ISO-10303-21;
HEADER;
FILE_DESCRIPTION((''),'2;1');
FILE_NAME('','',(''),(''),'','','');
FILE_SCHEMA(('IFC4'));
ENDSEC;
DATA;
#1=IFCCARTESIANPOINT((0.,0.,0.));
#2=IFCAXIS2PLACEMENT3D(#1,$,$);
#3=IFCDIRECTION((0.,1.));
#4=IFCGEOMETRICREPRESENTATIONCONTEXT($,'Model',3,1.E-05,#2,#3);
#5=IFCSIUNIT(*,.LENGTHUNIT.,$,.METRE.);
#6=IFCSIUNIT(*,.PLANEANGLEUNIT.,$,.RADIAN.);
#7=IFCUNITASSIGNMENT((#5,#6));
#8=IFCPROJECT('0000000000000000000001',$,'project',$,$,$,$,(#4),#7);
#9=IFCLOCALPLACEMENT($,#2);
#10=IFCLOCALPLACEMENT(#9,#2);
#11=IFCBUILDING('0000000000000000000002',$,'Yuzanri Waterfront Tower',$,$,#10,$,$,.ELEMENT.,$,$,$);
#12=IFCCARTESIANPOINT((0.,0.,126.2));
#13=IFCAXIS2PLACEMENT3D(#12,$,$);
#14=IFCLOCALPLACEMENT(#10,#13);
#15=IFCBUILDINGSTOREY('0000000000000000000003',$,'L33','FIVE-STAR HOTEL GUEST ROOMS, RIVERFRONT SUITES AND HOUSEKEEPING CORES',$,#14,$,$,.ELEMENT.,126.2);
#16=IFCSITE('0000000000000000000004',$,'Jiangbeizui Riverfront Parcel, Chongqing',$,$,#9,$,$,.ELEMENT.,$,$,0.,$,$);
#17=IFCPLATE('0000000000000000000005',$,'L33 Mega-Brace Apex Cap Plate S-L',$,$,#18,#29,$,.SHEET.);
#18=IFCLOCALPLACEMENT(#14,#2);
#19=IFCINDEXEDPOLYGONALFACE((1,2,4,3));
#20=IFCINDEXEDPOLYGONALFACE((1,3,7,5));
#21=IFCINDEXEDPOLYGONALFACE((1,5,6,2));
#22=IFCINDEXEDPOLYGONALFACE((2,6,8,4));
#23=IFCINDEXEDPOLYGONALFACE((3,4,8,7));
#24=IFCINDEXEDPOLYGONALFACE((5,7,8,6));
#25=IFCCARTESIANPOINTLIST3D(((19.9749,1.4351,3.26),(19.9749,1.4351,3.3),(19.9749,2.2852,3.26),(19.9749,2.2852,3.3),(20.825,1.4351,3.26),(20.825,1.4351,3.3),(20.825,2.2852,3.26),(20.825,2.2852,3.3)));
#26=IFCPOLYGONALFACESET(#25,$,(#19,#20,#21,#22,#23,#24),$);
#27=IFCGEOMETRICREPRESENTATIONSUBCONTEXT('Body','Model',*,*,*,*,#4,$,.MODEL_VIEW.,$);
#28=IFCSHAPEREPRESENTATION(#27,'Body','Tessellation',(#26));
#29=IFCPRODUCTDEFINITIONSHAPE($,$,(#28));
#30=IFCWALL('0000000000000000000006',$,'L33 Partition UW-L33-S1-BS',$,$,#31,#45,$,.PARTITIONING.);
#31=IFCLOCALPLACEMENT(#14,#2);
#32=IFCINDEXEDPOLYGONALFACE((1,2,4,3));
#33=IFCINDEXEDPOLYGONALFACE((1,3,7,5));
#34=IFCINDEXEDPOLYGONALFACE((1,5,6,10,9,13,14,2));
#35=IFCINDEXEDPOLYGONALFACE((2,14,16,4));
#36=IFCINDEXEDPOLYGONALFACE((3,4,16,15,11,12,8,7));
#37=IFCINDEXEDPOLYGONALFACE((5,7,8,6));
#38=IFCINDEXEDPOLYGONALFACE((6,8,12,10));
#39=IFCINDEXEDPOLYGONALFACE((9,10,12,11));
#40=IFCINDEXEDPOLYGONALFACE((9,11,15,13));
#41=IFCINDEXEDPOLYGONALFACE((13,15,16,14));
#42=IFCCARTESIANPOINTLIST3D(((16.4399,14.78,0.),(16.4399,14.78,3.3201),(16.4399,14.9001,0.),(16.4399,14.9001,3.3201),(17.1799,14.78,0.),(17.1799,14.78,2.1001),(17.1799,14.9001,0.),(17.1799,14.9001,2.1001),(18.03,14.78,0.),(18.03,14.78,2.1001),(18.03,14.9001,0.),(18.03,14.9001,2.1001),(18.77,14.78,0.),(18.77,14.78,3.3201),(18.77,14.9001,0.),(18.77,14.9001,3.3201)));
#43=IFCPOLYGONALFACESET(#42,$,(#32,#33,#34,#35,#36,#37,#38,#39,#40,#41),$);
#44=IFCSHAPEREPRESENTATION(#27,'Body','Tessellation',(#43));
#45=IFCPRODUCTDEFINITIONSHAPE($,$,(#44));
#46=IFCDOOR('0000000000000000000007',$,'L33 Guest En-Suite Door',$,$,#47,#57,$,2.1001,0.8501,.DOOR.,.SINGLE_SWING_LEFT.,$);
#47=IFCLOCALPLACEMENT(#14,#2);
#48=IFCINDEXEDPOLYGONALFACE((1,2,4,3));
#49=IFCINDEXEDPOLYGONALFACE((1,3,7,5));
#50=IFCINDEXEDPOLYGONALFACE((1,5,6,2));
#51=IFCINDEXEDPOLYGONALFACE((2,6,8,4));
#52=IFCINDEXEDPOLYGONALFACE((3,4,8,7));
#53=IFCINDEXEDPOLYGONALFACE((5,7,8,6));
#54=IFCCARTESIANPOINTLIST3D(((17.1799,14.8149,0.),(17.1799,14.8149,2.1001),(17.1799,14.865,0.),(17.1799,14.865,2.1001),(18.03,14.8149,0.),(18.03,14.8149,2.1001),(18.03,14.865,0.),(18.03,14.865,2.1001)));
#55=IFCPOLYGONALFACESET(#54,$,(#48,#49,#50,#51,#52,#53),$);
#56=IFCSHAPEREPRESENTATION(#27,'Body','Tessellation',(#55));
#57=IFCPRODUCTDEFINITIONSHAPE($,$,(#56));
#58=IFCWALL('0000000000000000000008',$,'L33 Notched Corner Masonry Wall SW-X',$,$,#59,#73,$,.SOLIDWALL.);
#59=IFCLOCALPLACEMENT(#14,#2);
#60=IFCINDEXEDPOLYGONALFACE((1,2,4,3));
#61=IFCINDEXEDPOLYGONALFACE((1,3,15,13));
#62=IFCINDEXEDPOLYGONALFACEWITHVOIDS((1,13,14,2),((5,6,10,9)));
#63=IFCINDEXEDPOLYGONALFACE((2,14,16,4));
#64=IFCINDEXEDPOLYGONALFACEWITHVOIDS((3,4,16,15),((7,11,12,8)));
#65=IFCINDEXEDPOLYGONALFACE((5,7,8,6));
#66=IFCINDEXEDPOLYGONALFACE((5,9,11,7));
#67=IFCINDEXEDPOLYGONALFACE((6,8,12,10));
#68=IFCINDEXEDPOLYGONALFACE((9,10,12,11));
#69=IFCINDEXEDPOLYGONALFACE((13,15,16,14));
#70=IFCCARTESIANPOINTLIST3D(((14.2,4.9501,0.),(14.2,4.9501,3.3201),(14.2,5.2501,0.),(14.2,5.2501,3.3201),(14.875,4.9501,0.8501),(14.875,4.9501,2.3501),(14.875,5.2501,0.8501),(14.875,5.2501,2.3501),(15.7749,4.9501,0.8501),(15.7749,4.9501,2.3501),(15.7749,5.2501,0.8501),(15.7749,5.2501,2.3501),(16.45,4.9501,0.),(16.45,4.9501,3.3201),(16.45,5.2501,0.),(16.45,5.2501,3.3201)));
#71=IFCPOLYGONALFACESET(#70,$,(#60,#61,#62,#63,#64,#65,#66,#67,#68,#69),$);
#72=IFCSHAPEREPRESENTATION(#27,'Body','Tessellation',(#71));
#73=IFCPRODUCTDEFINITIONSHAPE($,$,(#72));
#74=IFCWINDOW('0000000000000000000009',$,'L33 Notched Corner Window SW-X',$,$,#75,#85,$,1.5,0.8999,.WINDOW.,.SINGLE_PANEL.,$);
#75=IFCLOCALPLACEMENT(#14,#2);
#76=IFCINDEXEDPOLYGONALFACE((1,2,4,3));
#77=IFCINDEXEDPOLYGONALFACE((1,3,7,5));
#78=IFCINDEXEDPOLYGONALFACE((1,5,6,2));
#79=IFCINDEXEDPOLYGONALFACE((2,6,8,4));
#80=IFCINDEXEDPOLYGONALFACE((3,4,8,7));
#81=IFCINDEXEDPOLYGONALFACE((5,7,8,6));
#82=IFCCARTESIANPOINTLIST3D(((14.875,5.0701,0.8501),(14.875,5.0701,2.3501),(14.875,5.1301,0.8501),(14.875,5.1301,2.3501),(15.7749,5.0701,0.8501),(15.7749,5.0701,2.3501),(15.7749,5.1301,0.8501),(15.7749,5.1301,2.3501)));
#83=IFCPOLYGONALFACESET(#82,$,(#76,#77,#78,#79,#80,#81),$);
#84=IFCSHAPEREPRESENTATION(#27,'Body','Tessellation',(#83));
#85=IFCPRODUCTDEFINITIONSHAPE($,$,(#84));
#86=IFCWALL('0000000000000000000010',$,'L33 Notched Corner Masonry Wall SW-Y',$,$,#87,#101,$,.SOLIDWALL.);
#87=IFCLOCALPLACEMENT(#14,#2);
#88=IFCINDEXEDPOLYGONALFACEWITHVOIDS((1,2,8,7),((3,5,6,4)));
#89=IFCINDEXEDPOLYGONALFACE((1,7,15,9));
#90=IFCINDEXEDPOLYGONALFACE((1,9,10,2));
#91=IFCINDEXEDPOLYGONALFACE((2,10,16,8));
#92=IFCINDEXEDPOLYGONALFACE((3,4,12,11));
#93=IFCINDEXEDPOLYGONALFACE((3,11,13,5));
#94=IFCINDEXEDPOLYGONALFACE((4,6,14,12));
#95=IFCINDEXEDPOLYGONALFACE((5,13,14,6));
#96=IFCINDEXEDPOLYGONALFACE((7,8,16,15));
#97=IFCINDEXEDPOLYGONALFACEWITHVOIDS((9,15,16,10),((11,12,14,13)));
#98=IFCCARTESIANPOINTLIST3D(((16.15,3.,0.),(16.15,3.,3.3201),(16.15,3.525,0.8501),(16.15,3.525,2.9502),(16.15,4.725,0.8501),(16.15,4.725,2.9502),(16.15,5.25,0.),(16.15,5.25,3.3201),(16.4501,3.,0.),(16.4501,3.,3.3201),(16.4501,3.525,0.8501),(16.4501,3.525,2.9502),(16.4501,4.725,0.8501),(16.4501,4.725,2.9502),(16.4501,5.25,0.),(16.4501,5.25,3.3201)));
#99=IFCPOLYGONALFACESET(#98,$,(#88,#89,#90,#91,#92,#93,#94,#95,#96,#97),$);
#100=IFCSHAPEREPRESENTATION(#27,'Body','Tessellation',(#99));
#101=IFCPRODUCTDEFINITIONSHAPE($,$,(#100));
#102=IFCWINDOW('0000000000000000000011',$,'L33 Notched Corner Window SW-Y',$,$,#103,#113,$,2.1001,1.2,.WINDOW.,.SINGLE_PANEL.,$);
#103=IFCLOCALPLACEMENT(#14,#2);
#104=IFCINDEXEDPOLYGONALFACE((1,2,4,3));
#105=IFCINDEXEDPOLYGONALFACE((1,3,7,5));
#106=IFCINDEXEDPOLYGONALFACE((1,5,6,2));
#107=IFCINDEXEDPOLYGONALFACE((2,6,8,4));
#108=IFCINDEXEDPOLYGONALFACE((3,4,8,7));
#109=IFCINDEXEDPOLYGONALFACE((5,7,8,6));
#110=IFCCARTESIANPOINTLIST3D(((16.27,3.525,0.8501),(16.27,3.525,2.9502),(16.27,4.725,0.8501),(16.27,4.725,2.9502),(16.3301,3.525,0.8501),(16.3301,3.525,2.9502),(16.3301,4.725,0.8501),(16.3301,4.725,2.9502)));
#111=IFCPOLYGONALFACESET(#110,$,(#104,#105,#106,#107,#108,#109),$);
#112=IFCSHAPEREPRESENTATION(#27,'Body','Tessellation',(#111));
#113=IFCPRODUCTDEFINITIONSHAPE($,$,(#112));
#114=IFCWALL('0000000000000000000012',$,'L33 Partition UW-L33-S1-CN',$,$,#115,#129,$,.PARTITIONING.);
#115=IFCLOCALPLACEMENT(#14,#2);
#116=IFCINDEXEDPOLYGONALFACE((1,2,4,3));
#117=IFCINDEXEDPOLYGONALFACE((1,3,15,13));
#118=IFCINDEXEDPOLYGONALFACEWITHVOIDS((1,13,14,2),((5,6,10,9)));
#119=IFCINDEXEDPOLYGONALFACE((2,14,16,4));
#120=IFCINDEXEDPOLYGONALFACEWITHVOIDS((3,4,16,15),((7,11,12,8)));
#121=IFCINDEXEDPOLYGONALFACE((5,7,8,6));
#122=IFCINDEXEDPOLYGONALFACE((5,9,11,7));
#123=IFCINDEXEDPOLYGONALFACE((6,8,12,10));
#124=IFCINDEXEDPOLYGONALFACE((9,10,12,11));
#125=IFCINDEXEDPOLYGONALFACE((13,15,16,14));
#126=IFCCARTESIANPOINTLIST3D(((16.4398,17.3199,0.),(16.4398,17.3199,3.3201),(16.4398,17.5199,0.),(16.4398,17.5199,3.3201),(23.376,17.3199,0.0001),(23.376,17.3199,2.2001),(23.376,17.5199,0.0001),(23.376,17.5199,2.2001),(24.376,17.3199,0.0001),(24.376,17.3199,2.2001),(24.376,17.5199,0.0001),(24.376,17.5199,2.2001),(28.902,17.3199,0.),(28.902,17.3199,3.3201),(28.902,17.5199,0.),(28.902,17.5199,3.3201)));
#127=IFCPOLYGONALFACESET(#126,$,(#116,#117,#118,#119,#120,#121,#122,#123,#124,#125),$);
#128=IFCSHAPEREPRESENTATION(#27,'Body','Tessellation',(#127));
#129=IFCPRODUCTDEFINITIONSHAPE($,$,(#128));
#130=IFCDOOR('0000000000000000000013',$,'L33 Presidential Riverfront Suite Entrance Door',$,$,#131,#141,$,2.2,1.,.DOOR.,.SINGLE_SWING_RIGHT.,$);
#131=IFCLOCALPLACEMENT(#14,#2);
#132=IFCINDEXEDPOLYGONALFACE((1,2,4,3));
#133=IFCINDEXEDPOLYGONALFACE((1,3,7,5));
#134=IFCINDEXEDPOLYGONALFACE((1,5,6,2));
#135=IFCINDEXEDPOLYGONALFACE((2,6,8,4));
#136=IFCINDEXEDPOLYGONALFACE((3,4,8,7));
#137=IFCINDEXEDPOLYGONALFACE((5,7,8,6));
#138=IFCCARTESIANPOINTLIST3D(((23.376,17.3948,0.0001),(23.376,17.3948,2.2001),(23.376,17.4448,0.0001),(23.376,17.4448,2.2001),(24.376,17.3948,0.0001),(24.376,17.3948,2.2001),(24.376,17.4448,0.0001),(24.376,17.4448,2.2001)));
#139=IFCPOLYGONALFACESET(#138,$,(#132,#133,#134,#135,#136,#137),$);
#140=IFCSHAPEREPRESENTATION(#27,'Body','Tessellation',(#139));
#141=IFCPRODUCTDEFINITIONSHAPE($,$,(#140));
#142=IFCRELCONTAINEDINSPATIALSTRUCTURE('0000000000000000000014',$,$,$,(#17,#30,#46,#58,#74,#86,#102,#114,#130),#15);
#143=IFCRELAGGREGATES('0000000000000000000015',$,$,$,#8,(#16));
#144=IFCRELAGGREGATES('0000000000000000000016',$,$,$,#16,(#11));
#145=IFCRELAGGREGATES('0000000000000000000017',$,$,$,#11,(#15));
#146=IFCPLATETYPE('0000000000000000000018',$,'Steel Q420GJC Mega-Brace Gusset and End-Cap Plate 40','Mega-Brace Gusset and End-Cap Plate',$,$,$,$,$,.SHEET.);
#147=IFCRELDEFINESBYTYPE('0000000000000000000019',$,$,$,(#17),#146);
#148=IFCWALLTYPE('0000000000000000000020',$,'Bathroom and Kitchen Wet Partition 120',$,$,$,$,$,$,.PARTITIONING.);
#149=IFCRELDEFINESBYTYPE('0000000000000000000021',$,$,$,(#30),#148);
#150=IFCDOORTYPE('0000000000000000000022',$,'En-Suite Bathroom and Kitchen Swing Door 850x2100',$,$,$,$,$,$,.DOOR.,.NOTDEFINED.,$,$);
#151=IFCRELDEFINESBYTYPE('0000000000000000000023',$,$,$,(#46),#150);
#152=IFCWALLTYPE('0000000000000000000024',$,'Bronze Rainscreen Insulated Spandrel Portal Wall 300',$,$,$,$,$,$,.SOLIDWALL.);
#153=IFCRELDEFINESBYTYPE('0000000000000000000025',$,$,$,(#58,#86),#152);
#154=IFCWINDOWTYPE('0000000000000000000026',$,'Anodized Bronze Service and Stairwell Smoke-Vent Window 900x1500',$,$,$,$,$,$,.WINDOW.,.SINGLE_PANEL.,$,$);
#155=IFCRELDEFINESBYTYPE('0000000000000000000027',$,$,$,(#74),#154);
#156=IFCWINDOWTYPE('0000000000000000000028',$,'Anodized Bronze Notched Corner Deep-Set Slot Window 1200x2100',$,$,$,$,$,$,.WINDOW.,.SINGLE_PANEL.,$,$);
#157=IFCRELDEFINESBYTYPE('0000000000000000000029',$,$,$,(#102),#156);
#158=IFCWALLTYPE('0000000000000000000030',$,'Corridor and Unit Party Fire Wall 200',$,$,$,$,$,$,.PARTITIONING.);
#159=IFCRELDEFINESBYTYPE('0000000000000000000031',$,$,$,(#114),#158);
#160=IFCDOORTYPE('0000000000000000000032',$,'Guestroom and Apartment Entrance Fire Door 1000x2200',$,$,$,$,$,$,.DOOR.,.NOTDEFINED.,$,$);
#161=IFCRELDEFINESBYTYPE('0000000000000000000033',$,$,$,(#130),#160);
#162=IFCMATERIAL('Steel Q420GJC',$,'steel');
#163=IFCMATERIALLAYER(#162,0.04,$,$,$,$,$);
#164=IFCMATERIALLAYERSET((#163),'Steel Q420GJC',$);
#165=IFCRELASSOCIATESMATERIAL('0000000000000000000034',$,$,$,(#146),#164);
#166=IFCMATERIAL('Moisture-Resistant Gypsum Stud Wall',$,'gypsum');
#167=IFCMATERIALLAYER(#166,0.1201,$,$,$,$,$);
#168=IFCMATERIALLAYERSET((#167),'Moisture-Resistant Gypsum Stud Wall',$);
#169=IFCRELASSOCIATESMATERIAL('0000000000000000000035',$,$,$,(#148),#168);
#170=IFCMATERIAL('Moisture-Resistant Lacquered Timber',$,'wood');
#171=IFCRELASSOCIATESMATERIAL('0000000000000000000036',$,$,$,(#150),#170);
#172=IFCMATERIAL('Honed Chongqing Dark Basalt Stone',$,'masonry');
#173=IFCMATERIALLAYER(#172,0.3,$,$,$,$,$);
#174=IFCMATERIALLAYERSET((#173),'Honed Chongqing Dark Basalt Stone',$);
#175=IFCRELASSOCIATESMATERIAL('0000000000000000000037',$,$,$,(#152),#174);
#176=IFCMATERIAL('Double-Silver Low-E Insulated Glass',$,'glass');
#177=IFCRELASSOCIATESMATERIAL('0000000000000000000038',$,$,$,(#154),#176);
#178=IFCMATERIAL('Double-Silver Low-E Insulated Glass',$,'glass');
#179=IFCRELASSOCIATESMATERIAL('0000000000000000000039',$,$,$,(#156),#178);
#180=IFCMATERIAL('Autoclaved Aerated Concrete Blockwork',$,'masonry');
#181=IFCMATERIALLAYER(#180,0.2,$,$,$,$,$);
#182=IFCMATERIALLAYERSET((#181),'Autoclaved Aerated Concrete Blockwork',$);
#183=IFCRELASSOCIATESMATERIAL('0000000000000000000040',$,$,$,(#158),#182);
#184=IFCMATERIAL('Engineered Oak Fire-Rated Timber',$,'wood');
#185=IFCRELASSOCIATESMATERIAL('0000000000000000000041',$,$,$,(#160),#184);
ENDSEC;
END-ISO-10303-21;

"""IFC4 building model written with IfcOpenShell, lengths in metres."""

from ifc_helpers import new_model, si_unit, direction, frame, frame_2d, origin, origin_2d, place, context, subcontext, project, spatial, rectangle, extrude, source, transform, mapped, material, layer, layer_set, type_object, element, fill, save


model = new_model("IFC4")

# Units and contexts
model_context = context("Model", 3, precision=1e-05, world=origin(), true_north=direction((0.0, 1.0)))
body_context = subcontext(model_context, "Body", "Model", "MODEL_VIEW")
ifc_project = project(units=[si_unit("LENGTHUNIT", "METRE"), si_unit("PLANEANGLEUNIT", "RADIAN")], contexts=[model_context])

# Site, building, storey
site_placement = place(None, origin())
site = spatial("IfcSite", under=ifc_project, at=site_placement, Name="Jiangbeizui Riverfront Parcel, Chongqing", CompositionType="ELEMENT", RefElevation=0.0)
building_placement = place(site_placement, origin())
building = spatial("IfcBuilding", under=site, at=building_placement, Name="Yuzanri Waterfront Tower", CompositionType="ELEMENT")
storey_placement = place(building_placement, frame((0.0, 0.0, 126.2)))
storey = spatial("IfcBuildingStorey", under=building, at=storey_placement, Name="L33", Description="FIVE-STAR HOTEL GUEST ROOMS, RIVERFRONT SUITES AND HOUSEKEEPING CORES", CompositionType="ELEMENT", Elevation=126.2)

# Plate
ifc_material_1 = material(Name="Steel Q420GJC", Category="steel")
ifc_layer_1 = layer(ifc_material_1, 0.04)
ifc_layer_set_1 = layer_set([ifc_layer_1], Name="Steel Q420GJC")
plate_type = type_object("IfcPlateType", Name="Steel Q420GJC Mega-Brace Gusset and End-Cap Plate 40", Description="Mega-Brace Gusset and End-Cap Plate", PredefinedType="SHEET", material=ifc_layer_set_1)
shared_shape_1 = source(origin(), body_context, "Body", "SweptSolid", [
    extrude(rectangle(XDim=0.8501, YDim=0.8501, at=origin_2d()), origin(), (0.0, 0.0, 1.0), 0.04),
])
plate_placement = place(storey_placement, frame((20.3999, 1.8601, 3.26), z_axis=(0.0, 0.0, 1.0), x_axis=(1.0, 0.0, 0.0)))
element("IfcPlate", 1, at=plate_placement, inside=storey, type_object=plate_type, Name="L33 Mega-Brace Apex Cap Plate S-L", PredefinedType="SHEET", context=body_context, shape_type="MappedRepresentation", body=[
    mapped(shared_shape_1, transform((0.0, 0.0, 0.0), scale=1.0)),
])

# Wall, opening, door
ifc_material_2 = material(Name="Moisture-Resistant Gypsum Stud Wall", Category="gypsum")
ifc_layer_2 = layer(ifc_material_2, 0.1201)
ifc_layer_set_2 = layer_set([ifc_layer_2], Name="Moisture-Resistant Gypsum Stud Wall")
wall_type_1 = type_object("IfcWallType", Name="Bathroom and Kitchen Wet Partition 120", PredefinedType="PARTITIONING", material=ifc_layer_set_2)
wall_1_placement = place(storey_placement, frame((16.4399, 14.8401, 0.0), z_axis=(0.0, 0.0, 1.0), x_axis=(1.0, 0.0, 0.0)))
wall_1 = element("IfcWall", 2, at=wall_1_placement, inside=storey, type_object=wall_type_1, Name="L33 Partition UW-L33-S1-BS", PredefinedType="PARTITIONING", context=body_context, shape_type="SweptSolid", body=[
    extrude(rectangle(XDim=2.3301, YDim=0.1201, at=frame_2d((1.165, 0.0))), origin(), (0.0, 0.0, 1.0), 3.3201),
])
opening_1_placement = place(wall_1_placement, frame((0.74, 0.0, 0.0)))
opening_1 = element("IfcOpeningElement", 3, at=opening_1_placement, cuts=wall_1, PredefinedType="OPENING", context=body_context, shape_type="SweptSolid", body=[
    extrude(rectangle(XDim=0.8501, YDim=2.1001, at=frame_2d((0.425, 1.05))), frame((0.0, 0.075, 0.0), z_axis=(0.0, -1.0, 0.0), x_axis=(1.0, 0.0, 0.0)), (0.0, 0.0, 1.0), 0.1499),
])
ifc_material_3 = material(Name="Moisture-Resistant Lacquered Timber", Category="wood")
door_type_1 = type_object("IfcDoorType", Name="En-Suite Bathroom and Kitchen Swing Door 850x2100", OperationType="NOTDEFINED", PredefinedType="DOOR", material=ifc_material_3)
shared_shape_2 = source(origin(), body_context, "Body", "SweptSolid", [
    extrude(rectangle(XDim=0.8501, YDim=2.1001, at=frame_2d((0.425, 1.05))), frame((0.0, 0.0249, 0.0), z_axis=(0.0, -1.0, 0.0), x_axis=(1.0, 0.0, 0.0)), (0.0, 0.0, 1.0), 0.05),
])
door_1_placement = place(opening_1_placement, origin())
door_1 = element("IfcDoor", 4, at=door_1_placement, inside=storey, type_object=door_type_1, Name="L33 Guest En-Suite Door", OperationType="SINGLE_SWING_LEFT", OverallHeight=2.1001, OverallWidth=0.8501, PredefinedType="DOOR", context=body_context, shape_type="MappedRepresentation", body=[
    mapped(shared_shape_2, transform((0.0, 0.0, 0.0), scale=1.0)),
])
fill(opening_1, door_1)

# Walls, openings, windows
ifc_material_4 = material(Name="Honed Chongqing Dark Basalt Stone", Category="masonry")
ifc_layer_3 = layer(ifc_material_4, 0.3)
ifc_layer_set_3 = layer_set([ifc_layer_3], Name="Honed Chongqing Dark Basalt Stone")
wall_type_2 = type_object("IfcWallType", Name="Bronze Rainscreen Insulated Spandrel Portal Wall 300", PredefinedType="SOLIDWALL", material=ifc_layer_set_3)
wall_2_placement = place(storey_placement, frame((14.2, 5.1001, 0.0), z_axis=(0.0, 0.0, 1.0), x_axis=(1.0, 0.0, 0.0)))
wall_2 = element("IfcWall", 5, at=wall_2_placement, inside=storey, type_object=wall_type_2, Name="L33 Notched Corner Masonry Wall SW-X", PredefinedType="SOLIDWALL", context=body_context, shape_type="SweptSolid", body=[
    extrude(rectangle(XDim=2.25, YDim=0.3, at=frame_2d((1.125, 0.0))), origin(), (0.0, 0.0, 1.0), 3.3201),
])
opening_2_placement = place(wall_2_placement, frame((0.675, 0.0, 0.8501)))
opening_2 = element("IfcOpeningElement", 6, at=opening_2_placement, cuts=wall_2, PredefinedType="OPENING", context=body_context, shape_type="SweptSolid", body=[
    extrude(rectangle(XDim=0.8999, YDim=1.5, at=frame_2d((0.45, 0.75))), frame((0.0, 0.165, 0.0), z_axis=(0.0, -1.0, 0.0), x_axis=(1.0, 0.0, 0.0)), (0.0, 0.0, 1.0), 0.3298),
])
ifc_material_5 = material(Name="Double-Silver Low-E Insulated Glass", Category="glass")
window_type_1 = type_object("IfcWindowType", Name="Anodized Bronze Service and Stairwell Smoke-Vent Window 900x1500", PartitioningType="SINGLE_PANEL", PredefinedType="WINDOW", material=ifc_material_5)
shared_shape_3 = source(origin(), body_context, "Body", "SweptSolid", [
    extrude(rectangle(XDim=0.8999, YDim=1.5, at=frame_2d((0.45, 0.75))), frame((0.0, 0.03, 0.0), z_axis=(0.0, -1.0, 0.0), x_axis=(1.0, 0.0, 0.0)), (0.0, 0.0, 1.0), 0.0601),
])
window_1_placement = place(opening_2_placement, origin())
window_1 = element("IfcWindow", 7, at=window_1_placement, inside=storey, type_object=window_type_1, Name="L33 Notched Corner Window SW-X", OverallHeight=1.5, OverallWidth=0.8999, PartitioningType="SINGLE_PANEL", PredefinedType="WINDOW", context=body_context, shape_type="MappedRepresentation", body=[
    mapped(shared_shape_3, transform((0.0, 0.0, 0.0), scale=1.0)),
])
fill(opening_2, window_1)
wall_3_placement = place(storey_placement, frame((16.3, 5.25, 0.0), z_axis=(0.0, 0.0, 1.0), x_axis=(0.0, -1.0, 0.0)))
wall_3 = element("IfcWall", 8, at=wall_3_placement, inside=storey, type_object=wall_type_2, Name="L33 Notched Corner Masonry Wall SW-Y", PredefinedType="SOLIDWALL", context=body_context, shape_type="SweptSolid", body=[
    extrude(rectangle(XDim=2.25, YDim=0.3, at=frame_2d((1.125, 0.0))), origin(), (0.0, 0.0, 1.0), 3.3201),
])
opening_3_placement = place(wall_3_placement, frame((0.5249, 0.0, 0.8501)))
opening_3 = element("IfcOpeningElement", 9, at=opening_3_placement, cuts=wall_3, PredefinedType="OPENING", context=body_context, shape_type="SweptSolid", body=[
    extrude(rectangle(XDim=1.2, YDim=2.1001, at=frame_2d((0.6001, 1.05))), frame((0.0, 0.165, 0.0), z_axis=(0.0, -1.0, 0.0), x_axis=(1.0, 0.0, 0.0)), (0.0, 0.0, 1.0), 0.3298),
])
ifc_material_6 = material(Name="Double-Silver Low-E Insulated Glass", Category="glass")
window_type_2 = type_object("IfcWindowType", Name="Anodized Bronze Notched Corner Deep-Set Slot Window 1200x2100", PartitioningType="SINGLE_PANEL", PredefinedType="WINDOW", material=ifc_material_6)
shared_shape_4 = source(origin(), body_context, "Body", "SweptSolid", [
    extrude(rectangle(XDim=1.2, YDim=2.1001, at=frame_2d((0.6001, 1.05))), frame((0.0, 0.03, 0.0), z_axis=(0.0, -1.0, 0.0), x_axis=(1.0, 0.0, 0.0)), (0.0, 0.0, 1.0), 0.0601),
])
window_2_placement = place(opening_3_placement, origin())
window_2 = element("IfcWindow", 10, at=window_2_placement, inside=storey, type_object=window_type_2, Name="L33 Notched Corner Window SW-Y", OverallHeight=2.1001, OverallWidth=1.2, PartitioningType="SINGLE_PANEL", PredefinedType="WINDOW", context=body_context, shape_type="MappedRepresentation", body=[
    mapped(shared_shape_4, transform((0.0, 0.0, 0.0), scale=1.0)),
])
fill(opening_3, window_2)

# Wall, opening, door
ifc_material_7 = material(Name="Autoclaved Aerated Concrete Blockwork", Category="masonry")
ifc_layer_4 = layer(ifc_material_7, 0.2)
ifc_layer_set_4 = layer_set([ifc_layer_4], Name="Autoclaved Aerated Concrete Blockwork")
wall_type_3 = type_object("IfcWallType", Name="Corridor and Unit Party Fire Wall 200", PredefinedType="PARTITIONING", material=ifc_layer_set_4)
wall_4_placement = place(storey_placement, frame((16.4399, 17.4199, 0.0), z_axis=(0.0, 0.0, 1.0), x_axis=(1.0, 0.0, 0.0)))
wall_4 = element("IfcWall", 11, at=wall_4_placement, inside=storey, type_object=wall_type_3, Name="L33 Partition UW-L33-S1-CN", PredefinedType="PARTITIONING", context=body_context, shape_type="SweptSolid", body=[
    extrude(rectangle(XDim=12.4622, YDim=0.2, at=frame_2d((6.231, 0.0))), origin(), (0.0, 0.0, 1.0), 3.3201),
])
opening_4_placement = place(wall_4_placement, frame((6.936, 0.0, 0.0)))
opening_4 = element("IfcOpeningElement", 12, at=opening_4_placement, cuts=wall_4, PredefinedType="OPENING", context=body_context, shape_type="SweptSolid", body=[
    extrude(rectangle(XDim=1.0, YDim=2.2, at=frame_2d((0.5, 1.1001))), frame((0.0, 0.1147, 0.0), z_axis=(0.0, -1.0, 0.0), x_axis=(1.0, 0.0, 0.0)), (0.0, 0.0, 1.0), 0.2297),
])
ifc_material_8 = material(Name="Engineered Oak Fire-Rated Timber", Category="wood")
door_type_2 = type_object("IfcDoorType", Name="Guestroom and Apartment Entrance Fire Door 1000x2200", OperationType="NOTDEFINED", PredefinedType="DOOR", material=ifc_material_8)
shared_shape_5 = source(origin(), body_context, "Body", "SweptSolid", [
    extrude(rectangle(XDim=1.0, YDim=2.2, at=frame_2d((0.5, 1.1001))), frame((0.0, 0.0249, 0.0), z_axis=(0.0, -1.0, 0.0), x_axis=(1.0, 0.0, 0.0)), (0.0, 0.0, 1.0), 0.05),
])
door_2_placement = place(opening_4_placement, origin())
door_2 = element("IfcDoor", 13, at=door_2_placement, inside=storey, type_object=door_type_2, Name="L33 Presidential Riverfront Suite Entrance Door", OperationType="SINGLE_SWING_RIGHT", OverallHeight=2.2, OverallWidth=1.0, PredefinedType="DOOR", context=body_context, shape_type="MappedRepresentation", body=[
    mapped(shared_shape_5, transform((0.0, 0.0, 0.0), scale=1.0)),
])
fill(opening_4, door_2)

save(model, "model.ifc")
